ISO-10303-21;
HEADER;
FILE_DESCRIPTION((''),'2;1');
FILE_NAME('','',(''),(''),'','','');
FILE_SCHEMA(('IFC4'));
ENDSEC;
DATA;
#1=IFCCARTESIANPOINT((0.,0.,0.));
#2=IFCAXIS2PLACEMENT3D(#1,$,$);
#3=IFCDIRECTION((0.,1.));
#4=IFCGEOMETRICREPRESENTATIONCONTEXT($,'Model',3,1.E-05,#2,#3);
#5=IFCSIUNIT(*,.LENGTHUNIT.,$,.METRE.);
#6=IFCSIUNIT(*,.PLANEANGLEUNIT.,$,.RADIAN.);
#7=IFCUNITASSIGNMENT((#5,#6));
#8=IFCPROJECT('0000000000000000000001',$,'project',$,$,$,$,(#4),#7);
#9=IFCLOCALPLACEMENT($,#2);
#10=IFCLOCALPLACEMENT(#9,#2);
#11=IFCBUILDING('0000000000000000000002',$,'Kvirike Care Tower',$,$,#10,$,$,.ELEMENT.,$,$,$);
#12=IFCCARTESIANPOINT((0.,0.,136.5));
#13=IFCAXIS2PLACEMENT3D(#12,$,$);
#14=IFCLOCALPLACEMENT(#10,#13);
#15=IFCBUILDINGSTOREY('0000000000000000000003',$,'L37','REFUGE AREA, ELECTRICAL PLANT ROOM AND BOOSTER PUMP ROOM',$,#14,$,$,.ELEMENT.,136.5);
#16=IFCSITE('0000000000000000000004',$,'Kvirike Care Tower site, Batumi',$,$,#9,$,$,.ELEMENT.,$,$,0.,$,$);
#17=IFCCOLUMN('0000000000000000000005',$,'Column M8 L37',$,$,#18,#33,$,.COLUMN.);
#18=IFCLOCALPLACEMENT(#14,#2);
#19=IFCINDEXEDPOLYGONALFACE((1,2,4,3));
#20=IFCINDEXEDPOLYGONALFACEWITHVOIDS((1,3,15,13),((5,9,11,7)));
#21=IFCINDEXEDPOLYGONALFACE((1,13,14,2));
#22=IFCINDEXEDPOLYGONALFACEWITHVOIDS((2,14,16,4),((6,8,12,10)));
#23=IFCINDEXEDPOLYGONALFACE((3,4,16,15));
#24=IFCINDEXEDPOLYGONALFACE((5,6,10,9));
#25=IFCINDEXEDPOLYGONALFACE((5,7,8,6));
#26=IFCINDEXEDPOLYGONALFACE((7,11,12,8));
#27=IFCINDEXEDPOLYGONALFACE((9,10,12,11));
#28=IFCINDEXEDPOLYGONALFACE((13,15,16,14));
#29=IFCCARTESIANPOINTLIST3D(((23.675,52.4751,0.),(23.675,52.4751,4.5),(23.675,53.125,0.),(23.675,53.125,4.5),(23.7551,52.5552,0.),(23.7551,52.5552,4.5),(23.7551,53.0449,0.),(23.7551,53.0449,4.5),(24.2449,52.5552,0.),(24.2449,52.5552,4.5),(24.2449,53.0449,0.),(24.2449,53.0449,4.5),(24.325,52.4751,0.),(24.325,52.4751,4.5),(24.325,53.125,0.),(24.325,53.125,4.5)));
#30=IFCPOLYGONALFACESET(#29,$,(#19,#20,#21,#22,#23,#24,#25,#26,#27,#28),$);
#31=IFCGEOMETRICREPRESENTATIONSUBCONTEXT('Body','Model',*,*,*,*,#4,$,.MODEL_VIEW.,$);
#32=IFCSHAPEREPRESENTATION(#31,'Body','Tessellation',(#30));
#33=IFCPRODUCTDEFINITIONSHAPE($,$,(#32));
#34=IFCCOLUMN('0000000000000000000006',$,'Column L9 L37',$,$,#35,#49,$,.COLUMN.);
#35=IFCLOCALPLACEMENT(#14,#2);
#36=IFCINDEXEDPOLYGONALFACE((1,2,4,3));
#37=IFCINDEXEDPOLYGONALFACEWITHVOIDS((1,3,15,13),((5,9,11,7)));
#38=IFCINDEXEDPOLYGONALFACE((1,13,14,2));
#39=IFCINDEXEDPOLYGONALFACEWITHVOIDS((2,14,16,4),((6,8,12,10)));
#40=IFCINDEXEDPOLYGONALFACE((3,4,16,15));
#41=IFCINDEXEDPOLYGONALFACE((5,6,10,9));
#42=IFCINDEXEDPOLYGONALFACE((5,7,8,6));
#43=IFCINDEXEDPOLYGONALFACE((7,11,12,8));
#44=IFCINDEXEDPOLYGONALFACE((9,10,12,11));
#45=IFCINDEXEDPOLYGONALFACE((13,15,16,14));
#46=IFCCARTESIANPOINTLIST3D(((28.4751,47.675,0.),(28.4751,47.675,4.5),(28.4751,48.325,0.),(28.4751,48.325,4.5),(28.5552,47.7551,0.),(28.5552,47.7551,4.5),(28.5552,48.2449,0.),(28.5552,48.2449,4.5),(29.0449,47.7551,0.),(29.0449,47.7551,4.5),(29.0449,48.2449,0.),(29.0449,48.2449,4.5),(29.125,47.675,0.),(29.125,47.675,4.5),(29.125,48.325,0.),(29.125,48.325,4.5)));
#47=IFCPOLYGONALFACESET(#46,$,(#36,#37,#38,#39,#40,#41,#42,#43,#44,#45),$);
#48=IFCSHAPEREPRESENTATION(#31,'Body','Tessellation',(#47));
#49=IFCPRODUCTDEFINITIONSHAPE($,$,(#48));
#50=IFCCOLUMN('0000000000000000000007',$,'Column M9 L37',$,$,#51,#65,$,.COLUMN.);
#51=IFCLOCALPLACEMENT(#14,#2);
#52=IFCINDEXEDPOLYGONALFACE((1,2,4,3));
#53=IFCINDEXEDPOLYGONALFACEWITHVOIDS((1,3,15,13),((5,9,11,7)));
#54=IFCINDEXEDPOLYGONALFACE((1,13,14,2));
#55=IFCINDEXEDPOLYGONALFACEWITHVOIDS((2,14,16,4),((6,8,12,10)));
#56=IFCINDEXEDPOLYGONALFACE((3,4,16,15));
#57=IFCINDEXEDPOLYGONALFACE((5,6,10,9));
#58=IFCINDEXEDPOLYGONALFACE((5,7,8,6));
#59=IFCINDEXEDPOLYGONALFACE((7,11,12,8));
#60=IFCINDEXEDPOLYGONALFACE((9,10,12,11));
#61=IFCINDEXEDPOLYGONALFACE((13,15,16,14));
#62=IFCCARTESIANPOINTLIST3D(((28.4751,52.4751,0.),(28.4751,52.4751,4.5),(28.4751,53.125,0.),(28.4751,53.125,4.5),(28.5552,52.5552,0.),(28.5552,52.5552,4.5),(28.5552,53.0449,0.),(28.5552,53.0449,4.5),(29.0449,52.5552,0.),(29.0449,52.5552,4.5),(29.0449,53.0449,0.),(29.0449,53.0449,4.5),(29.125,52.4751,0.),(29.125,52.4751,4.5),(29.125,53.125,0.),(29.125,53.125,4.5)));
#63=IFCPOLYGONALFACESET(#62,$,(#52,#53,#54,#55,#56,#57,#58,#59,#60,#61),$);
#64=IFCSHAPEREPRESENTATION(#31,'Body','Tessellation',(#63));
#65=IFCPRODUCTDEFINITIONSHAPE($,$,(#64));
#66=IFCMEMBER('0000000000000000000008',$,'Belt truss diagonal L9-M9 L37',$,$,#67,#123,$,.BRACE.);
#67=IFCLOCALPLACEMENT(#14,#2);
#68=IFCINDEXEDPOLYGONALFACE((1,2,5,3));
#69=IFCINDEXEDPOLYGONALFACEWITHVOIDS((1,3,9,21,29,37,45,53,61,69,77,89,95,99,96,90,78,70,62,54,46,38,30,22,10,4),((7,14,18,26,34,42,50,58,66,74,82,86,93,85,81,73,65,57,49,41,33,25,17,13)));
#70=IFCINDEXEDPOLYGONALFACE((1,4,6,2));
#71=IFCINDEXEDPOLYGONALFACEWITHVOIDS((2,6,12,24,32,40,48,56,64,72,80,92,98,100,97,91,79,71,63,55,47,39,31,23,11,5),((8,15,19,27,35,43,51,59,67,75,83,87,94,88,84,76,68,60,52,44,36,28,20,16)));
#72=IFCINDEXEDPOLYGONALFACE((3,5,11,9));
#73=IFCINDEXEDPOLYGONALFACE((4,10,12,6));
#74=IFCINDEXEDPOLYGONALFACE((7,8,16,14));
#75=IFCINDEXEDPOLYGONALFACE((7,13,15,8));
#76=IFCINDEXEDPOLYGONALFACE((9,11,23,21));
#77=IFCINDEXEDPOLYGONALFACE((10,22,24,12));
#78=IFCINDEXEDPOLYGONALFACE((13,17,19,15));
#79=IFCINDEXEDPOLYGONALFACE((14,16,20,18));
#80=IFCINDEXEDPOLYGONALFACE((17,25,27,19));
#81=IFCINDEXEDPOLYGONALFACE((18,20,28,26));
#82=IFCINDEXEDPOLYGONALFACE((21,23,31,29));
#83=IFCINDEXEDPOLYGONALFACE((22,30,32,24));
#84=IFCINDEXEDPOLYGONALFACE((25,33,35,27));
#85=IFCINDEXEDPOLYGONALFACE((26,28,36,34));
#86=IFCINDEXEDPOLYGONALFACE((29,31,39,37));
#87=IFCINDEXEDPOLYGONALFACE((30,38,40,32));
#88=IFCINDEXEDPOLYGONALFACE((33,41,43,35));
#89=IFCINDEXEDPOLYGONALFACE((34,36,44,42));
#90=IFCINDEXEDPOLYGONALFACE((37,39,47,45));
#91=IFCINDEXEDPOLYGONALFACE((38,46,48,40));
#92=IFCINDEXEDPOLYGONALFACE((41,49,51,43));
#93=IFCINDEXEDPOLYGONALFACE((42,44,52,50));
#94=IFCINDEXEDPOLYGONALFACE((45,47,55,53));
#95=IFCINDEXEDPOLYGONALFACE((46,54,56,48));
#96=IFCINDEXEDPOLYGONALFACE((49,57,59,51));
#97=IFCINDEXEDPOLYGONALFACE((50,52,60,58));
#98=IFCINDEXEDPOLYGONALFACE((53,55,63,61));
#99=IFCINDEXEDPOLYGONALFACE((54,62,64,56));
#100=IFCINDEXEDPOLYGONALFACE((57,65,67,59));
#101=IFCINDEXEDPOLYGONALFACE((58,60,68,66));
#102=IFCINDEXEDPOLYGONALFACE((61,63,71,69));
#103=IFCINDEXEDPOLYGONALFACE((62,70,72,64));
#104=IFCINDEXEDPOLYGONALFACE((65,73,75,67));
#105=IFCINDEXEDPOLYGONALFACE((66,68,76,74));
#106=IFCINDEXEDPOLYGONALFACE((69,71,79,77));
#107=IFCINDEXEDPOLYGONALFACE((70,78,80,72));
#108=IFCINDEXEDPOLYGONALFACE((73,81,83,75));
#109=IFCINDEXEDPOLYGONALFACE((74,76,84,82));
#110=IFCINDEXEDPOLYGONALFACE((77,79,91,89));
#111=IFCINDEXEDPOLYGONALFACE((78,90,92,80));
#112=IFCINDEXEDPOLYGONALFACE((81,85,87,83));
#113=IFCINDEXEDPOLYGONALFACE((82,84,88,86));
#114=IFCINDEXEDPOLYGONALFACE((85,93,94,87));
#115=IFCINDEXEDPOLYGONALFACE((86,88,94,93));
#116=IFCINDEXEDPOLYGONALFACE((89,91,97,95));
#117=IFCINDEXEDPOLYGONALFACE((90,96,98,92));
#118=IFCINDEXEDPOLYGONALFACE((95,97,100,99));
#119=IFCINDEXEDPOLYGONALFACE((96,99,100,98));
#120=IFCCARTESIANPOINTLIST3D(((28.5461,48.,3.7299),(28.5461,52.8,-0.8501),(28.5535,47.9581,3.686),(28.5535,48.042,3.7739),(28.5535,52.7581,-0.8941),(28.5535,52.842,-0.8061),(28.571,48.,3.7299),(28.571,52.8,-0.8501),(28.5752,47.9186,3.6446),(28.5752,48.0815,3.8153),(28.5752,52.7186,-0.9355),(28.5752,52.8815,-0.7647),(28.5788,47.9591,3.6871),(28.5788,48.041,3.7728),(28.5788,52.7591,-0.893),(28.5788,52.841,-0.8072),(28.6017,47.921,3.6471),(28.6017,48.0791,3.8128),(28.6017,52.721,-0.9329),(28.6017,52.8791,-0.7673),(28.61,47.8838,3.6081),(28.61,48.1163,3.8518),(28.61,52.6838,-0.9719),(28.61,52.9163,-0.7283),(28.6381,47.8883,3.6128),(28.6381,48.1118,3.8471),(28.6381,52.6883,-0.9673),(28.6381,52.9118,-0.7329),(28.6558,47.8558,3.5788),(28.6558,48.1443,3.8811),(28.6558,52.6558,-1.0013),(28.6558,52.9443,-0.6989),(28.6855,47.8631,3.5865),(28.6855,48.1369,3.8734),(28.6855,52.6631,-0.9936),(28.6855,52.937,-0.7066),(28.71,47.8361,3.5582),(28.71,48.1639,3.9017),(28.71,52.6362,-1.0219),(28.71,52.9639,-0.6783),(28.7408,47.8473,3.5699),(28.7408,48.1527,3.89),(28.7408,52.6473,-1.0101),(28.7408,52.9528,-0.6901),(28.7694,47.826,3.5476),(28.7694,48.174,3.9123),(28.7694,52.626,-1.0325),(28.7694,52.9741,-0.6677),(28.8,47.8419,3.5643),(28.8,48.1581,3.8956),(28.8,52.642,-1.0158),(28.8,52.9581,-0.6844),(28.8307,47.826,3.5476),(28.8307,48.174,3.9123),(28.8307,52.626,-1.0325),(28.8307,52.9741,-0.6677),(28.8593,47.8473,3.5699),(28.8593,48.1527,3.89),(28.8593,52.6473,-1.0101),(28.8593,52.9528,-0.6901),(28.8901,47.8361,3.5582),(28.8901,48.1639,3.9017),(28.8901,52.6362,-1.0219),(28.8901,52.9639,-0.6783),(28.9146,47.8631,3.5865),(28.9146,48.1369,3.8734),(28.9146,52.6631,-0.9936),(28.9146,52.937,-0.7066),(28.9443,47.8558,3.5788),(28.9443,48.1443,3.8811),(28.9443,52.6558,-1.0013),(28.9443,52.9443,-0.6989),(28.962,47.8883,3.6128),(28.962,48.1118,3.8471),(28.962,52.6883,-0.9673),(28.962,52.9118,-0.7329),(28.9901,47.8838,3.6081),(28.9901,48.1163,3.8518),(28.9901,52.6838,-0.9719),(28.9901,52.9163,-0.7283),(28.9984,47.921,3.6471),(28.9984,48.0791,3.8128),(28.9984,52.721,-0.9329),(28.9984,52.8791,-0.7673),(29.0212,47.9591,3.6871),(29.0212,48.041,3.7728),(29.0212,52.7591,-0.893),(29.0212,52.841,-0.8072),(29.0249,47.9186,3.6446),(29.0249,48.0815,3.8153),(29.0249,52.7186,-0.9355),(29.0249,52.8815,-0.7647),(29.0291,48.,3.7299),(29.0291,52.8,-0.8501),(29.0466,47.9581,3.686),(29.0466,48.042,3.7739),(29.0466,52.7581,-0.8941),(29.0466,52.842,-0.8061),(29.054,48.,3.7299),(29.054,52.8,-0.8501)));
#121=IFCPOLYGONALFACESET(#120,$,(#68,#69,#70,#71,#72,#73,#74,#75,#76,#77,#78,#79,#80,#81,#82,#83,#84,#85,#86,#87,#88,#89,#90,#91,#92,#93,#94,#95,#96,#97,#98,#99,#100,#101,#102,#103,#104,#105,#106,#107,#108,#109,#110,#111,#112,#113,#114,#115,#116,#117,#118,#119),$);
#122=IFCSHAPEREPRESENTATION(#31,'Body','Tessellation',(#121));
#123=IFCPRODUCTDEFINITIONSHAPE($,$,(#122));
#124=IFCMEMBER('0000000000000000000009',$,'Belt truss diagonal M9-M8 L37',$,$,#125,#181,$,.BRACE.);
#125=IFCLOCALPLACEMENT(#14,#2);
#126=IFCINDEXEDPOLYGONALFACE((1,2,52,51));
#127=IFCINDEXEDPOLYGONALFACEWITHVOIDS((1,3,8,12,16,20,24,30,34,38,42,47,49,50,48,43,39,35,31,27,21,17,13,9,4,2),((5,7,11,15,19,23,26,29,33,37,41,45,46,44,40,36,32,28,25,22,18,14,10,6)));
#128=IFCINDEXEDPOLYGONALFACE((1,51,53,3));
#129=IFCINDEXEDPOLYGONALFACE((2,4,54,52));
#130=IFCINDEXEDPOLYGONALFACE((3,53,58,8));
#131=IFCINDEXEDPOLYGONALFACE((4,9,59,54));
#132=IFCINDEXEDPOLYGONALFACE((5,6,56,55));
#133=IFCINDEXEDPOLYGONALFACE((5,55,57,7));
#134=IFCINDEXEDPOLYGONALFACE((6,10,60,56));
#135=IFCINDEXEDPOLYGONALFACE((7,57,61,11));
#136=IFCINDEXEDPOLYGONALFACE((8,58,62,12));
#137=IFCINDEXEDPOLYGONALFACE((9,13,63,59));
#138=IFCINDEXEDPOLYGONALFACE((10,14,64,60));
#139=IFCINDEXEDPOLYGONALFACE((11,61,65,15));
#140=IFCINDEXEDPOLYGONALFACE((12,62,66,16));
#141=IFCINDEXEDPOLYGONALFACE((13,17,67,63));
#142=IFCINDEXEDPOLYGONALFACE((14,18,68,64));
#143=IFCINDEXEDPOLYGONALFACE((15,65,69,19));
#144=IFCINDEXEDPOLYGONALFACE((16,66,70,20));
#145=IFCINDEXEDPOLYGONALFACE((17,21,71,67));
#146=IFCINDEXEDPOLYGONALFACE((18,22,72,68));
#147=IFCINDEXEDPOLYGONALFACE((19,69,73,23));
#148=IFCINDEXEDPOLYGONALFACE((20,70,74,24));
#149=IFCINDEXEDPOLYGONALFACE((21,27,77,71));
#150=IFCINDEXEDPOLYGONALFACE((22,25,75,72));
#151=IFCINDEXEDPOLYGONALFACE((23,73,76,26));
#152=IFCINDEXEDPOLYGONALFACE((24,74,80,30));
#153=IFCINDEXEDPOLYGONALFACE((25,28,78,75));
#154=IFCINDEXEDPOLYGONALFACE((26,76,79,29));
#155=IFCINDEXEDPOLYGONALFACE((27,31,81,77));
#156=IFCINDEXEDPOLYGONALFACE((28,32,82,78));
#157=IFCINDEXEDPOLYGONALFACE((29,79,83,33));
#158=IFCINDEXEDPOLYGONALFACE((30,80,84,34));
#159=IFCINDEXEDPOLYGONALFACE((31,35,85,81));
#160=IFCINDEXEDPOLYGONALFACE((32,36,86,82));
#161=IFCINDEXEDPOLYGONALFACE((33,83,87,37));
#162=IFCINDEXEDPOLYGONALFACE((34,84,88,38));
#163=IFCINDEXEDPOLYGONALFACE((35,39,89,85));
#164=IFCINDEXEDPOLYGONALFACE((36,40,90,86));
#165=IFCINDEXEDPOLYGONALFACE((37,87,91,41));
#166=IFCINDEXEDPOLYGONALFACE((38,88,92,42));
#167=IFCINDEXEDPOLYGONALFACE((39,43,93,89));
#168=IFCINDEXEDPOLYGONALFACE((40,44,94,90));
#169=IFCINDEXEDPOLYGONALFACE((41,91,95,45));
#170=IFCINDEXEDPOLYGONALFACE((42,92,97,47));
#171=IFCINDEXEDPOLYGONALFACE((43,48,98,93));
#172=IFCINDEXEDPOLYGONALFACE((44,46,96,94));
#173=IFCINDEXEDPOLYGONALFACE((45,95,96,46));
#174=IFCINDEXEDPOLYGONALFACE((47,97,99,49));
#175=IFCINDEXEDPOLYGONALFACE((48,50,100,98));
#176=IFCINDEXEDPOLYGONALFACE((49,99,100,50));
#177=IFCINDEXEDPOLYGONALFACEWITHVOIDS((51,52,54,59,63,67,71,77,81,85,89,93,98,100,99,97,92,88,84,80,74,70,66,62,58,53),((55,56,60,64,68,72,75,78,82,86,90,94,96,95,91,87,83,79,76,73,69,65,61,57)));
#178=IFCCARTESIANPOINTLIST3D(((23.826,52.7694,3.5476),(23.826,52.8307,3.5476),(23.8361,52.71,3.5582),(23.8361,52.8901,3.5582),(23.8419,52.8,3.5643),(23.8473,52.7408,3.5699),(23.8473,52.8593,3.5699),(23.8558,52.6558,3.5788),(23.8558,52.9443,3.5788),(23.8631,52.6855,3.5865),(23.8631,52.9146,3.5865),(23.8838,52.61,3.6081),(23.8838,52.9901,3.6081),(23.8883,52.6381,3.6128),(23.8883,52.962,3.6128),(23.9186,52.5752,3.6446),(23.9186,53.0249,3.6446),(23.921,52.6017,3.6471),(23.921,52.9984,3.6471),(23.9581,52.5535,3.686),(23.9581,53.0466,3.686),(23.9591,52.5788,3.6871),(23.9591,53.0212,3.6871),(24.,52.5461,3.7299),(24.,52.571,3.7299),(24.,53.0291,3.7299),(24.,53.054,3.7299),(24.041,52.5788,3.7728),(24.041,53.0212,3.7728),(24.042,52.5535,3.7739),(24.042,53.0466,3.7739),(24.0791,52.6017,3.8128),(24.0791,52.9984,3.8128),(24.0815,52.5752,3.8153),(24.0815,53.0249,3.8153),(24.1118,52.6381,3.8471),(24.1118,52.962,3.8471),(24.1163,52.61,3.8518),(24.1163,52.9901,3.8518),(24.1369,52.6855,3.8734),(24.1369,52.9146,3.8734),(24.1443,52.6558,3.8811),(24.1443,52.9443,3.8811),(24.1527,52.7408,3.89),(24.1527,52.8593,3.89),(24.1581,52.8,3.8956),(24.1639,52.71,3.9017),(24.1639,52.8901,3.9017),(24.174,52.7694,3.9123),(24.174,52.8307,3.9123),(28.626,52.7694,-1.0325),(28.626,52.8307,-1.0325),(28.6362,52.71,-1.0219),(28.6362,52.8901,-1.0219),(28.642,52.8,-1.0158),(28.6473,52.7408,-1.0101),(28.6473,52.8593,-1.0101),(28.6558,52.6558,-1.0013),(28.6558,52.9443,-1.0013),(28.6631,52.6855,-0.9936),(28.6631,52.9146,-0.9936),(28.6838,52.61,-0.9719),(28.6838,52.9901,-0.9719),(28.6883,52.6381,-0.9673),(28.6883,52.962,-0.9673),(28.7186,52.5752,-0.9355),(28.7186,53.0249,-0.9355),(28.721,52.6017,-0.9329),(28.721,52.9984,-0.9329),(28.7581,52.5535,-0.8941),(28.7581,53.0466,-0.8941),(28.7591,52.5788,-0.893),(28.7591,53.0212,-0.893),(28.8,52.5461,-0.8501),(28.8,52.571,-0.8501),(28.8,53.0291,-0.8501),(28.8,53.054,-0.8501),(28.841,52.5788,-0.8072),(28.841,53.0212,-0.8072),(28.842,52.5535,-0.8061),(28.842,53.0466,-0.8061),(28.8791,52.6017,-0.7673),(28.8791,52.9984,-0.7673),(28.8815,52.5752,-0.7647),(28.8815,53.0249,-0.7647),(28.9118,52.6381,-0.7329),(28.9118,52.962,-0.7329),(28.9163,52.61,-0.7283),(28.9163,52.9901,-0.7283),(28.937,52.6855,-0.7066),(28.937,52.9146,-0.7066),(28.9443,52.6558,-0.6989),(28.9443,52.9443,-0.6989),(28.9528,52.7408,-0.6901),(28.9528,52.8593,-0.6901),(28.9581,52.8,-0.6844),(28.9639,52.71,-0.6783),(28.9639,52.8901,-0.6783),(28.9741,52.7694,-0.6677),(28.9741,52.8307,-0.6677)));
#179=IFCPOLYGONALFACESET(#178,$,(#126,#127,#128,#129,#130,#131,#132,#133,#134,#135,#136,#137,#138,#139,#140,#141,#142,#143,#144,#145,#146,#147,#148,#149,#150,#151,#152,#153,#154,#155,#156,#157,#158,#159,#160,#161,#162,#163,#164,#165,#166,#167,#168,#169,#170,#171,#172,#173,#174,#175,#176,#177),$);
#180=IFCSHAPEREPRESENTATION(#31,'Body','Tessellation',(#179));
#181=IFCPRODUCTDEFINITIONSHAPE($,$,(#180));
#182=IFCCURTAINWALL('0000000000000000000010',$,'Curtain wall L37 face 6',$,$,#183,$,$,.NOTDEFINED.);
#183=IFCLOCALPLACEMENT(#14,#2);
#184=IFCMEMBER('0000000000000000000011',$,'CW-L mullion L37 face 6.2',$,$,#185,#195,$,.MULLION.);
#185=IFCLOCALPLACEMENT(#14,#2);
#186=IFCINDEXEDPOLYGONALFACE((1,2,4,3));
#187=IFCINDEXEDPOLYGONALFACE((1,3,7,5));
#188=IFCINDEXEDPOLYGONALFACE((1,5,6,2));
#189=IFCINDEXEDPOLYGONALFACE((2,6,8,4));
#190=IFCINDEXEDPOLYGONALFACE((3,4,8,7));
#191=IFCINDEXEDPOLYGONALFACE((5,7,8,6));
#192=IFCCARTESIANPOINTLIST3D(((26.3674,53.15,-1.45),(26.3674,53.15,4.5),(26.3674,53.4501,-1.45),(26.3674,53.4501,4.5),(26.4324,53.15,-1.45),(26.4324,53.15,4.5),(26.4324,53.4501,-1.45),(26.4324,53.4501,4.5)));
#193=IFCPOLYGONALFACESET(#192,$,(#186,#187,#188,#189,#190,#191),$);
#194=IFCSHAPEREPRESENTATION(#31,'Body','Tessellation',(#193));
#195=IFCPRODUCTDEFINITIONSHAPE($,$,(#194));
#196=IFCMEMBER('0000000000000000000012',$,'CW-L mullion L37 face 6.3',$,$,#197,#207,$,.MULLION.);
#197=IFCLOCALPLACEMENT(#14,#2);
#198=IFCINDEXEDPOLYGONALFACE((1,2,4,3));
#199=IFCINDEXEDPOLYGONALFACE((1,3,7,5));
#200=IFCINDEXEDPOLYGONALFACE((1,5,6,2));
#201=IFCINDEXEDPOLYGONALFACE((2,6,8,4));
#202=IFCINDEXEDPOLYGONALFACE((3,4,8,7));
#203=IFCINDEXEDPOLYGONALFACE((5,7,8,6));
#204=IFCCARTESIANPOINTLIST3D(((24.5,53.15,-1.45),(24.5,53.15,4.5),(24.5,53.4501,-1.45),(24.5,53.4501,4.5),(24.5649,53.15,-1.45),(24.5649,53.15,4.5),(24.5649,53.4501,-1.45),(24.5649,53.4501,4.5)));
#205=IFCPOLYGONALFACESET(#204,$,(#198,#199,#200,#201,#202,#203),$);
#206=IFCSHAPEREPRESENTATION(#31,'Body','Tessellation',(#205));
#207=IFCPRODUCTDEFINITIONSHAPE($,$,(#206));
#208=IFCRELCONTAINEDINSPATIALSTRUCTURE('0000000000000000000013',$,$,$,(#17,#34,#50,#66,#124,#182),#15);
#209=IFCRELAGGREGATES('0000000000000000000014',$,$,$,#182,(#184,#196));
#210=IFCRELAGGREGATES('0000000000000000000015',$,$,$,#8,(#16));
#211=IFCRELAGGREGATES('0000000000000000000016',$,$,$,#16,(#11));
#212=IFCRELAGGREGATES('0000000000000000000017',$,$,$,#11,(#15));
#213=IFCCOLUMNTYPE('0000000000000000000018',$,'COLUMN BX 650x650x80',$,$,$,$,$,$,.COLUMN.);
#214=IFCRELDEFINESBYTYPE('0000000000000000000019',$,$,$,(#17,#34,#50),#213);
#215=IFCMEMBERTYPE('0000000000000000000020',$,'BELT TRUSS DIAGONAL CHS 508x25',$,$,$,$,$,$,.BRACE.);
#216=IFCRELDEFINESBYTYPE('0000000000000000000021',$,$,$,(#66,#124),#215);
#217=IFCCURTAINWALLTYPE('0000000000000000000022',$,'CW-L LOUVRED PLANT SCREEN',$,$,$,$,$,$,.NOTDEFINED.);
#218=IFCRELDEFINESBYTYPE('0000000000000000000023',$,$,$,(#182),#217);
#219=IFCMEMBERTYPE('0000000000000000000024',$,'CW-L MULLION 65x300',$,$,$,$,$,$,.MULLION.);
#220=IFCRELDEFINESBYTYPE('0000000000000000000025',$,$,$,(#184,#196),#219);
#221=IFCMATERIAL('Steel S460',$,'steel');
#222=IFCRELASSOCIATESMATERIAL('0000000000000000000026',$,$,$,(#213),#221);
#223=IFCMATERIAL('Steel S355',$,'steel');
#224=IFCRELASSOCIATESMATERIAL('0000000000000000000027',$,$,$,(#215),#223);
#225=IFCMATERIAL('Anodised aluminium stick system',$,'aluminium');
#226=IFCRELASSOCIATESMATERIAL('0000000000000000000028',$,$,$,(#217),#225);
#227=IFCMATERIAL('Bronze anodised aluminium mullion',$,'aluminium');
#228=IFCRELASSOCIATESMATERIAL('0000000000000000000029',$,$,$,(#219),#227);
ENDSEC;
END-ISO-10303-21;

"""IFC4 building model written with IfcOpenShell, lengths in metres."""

from ifc_helpers import new_model, si_unit, direction, frame, origin, origin_2d, place, context, subcontext, project, spatial, rectangle, hollow_rectangle, hollow_circle, extrude, material, material_profile, profile_set, type_object, element, aggregate, save


model = new_model("IFC4")

# Units and contexts
model_context = context("Model", 3, precision=1e-05, world=origin(), true_north=direction((0.0, 1.0)))
body_context = subcontext(model_context, "Body", "Model", "MODEL_VIEW")
ifc_project = project(units=[si_unit("LENGTHUNIT", "METRE"), si_unit("PLANEANGLEUNIT", "RADIAN")], contexts=[model_context])

# Site, building, storey
site_placement = place(None, origin())
site = spatial("IfcSite", under=ifc_project, at=site_placement, Name="Kvirike Care Tower site, Batumi", CompositionType="ELEMENT", RefElevation=0.0)
building_placement = place(site_placement, origin())
building = spatial("IfcBuilding", under=site, at=building_placement, Name="Kvirike Care Tower", CompositionType="ELEMENT")
storey_placement = place(building_placement, frame((0.0, 0.0, 136.5)))
storey = spatial("IfcBuildingStorey", under=building, at=storey_placement, Name="L37", Description="REFUGE AREA, ELECTRICAL PLANT ROOM AND BOOSTER PUMP ROOM", CompositionType="ELEMENT", Elevation=136.5)

# Columns
ifc_material_1 = material(Name="Steel S460", Category="steel")
ifc_material_profile_1 = material_profile(ifc_material_1, hollow_rectangle(XDim=0.6499, YDim=0.6499, WallThickness=0.0801, at=origin_2d()), Name="BX 650x650x80")
ifc_profile_set_1 = profile_set([ifc_material_profile_1], Name="Steel S460")
column_type = type_object("IfcColumnType", Name="COLUMN BX 650x650x80", PredefinedType="COLUMN", material=ifc_profile_set_1)
for number, where, z_axis, x_axis, name in (
    (1, (24.0, 52.8, 0.0), (0.0, 0.0, 1.0), (0.0, 1.0, 0.0), "Column M8 L37"),
    (2, (28.8, 48.0, 0.0), (0.0, 0.0, 1.0), (1.0, 0.0, 0.0), "Column L9 L37"),
    (3, (28.8, 52.8, 0.0), (0.0, 0.0, 1.0), (0.0, 1.0, 0.0), "Column M9 L37"),
):
    element("IfcColumn", number, at=place(storey_placement, frame(where, z_axis=z_axis, x_axis=x_axis)), inside=storey, type_object=column_type, Name=name, PredefinedType="COLUMN", context=body_context, shape_type="SweptSolid", body=[
        extrude(hollow_rectangle(XDim=0.6499, YDim=0.6499, WallThickness=0.0801, at=origin_2d()), origin(), (0.0, 0.0, 1.0), 4.5),
    ])

# Members
ifc_material_2 = material(Name="Steel S355", Category="steel")
ifc_material_profile_2 = material_profile(ifc_material_2, hollow_circle(Radius=0.2539, WallThickness=0.0249, at=origin_2d()), Name="CHS 508x25")
ifc_profile_set_2 = profile_set([ifc_material_profile_2], Name="Steel S355")
member_type_1 = type_object("IfcMemberType", Name="BELT TRUSS DIAGONAL CHS 508x25", PredefinedType="BRACE", material=ifc_profile_set_2)
for number, where, z_axis, x_axis, name in (
    (4, (28.8, 52.8, -0.8501), (0.0, -0.72349, 0.690335), (1.0, 0.0, 0.0), "Belt truss diagonal L9-M9 L37"),
    (5, (28.8, 52.8, -0.8501), (-0.72349, 0.0, 0.690335), (0.0, -1.0, 0.0), "Belt truss diagonal M9-M8 L37"),
):
    element("IfcMember", number, at=place(storey_placement, frame(where, z_axis=z_axis, x_axis=x_axis)), inside=storey, type_object=member_type_1, Name=name, PredefinedType="BRACE", context=body_context, shape_type="SweptSolid", body=[
        extrude(hollow_circle(Radius=0.2539, WallThickness=0.0249, at=origin_2d()), origin(), (0.0, 0.0, 1.0), 6.6345),
    ])

# Curtain wall, members
ifc_material_3 = material(Name="Anodised aluminium stick system", Category="aluminium")
curtain_wall_type = type_object("IfcCurtainWallType", Name="CW-L LOUVRED PLANT SCREEN", PredefinedType="NOTDEFINED", material=ifc_material_3)
curtain_wall_placement = place(storey_placement, origin())
curtain_wall = element("IfcCurtainWall", 6, at=curtain_wall_placement, inside=storey, type_object=curtain_wall_type, Name="Curtain wall L37 face 6", PredefinedType="NOTDEFINED")
ifc_material_4 = material(Name="Bronze anodised aluminium mullion", Category="aluminium")
ifc_material_profile_3 = material_profile(ifc_material_4, rectangle(XDim=0.0649, YDim=0.3, at=origin_2d()), Name="CW-L MULLION 65x300")
ifc_profile_set_3 = profile_set([ifc_material_profile_3], Name="Bronze anodised aluminium mullion")
member_type_2 = type_object("IfcMemberType", Name="CW-L MULLION 65x300", PredefinedType="MULLION", material=ifc_profile_set_3)
member_1_placement = place(storey_placement, frame((26.3999, 53.3, -1.45), z_axis=(0.0, 0.0, 1.0), x_axis=(-1.0, 0.0, 0.0)))
member_1 = element("IfcMember", 7, at=member_1_placement, type_object=member_type_2, Name="CW-L mullion L37 face 6.2", PredefinedType="MULLION", context=body_context, shape_type="SweptSolid", body=[
    extrude(rectangle(XDim=0.0649, YDim=0.3, at=origin_2d()), origin(), (0.0, 0.0, 1.0), 5.95),
])
member_2_placement = place(storey_placement, frame((24.5325, 53.3, -1.45), z_axis=(0.0, 0.0, 1.0), x_axis=(-1.0, 0.0, 0.0)))
member_2 = element("IfcMember", 8, at=member_2_placement, type_object=member_type_2, Name="CW-L mullion L37 face 6.3", PredefinedType="MULLION", context=body_context, shape_type="SweptSolid", body=[
    extrude(rectangle(XDim=0.0649, YDim=0.3, at=origin_2d()), origin(), (0.0, 0.0, 1.0), 5.95),
])

aggregate(curtain_wall, [member_1, member_2])

save(model, "model.ifc")
